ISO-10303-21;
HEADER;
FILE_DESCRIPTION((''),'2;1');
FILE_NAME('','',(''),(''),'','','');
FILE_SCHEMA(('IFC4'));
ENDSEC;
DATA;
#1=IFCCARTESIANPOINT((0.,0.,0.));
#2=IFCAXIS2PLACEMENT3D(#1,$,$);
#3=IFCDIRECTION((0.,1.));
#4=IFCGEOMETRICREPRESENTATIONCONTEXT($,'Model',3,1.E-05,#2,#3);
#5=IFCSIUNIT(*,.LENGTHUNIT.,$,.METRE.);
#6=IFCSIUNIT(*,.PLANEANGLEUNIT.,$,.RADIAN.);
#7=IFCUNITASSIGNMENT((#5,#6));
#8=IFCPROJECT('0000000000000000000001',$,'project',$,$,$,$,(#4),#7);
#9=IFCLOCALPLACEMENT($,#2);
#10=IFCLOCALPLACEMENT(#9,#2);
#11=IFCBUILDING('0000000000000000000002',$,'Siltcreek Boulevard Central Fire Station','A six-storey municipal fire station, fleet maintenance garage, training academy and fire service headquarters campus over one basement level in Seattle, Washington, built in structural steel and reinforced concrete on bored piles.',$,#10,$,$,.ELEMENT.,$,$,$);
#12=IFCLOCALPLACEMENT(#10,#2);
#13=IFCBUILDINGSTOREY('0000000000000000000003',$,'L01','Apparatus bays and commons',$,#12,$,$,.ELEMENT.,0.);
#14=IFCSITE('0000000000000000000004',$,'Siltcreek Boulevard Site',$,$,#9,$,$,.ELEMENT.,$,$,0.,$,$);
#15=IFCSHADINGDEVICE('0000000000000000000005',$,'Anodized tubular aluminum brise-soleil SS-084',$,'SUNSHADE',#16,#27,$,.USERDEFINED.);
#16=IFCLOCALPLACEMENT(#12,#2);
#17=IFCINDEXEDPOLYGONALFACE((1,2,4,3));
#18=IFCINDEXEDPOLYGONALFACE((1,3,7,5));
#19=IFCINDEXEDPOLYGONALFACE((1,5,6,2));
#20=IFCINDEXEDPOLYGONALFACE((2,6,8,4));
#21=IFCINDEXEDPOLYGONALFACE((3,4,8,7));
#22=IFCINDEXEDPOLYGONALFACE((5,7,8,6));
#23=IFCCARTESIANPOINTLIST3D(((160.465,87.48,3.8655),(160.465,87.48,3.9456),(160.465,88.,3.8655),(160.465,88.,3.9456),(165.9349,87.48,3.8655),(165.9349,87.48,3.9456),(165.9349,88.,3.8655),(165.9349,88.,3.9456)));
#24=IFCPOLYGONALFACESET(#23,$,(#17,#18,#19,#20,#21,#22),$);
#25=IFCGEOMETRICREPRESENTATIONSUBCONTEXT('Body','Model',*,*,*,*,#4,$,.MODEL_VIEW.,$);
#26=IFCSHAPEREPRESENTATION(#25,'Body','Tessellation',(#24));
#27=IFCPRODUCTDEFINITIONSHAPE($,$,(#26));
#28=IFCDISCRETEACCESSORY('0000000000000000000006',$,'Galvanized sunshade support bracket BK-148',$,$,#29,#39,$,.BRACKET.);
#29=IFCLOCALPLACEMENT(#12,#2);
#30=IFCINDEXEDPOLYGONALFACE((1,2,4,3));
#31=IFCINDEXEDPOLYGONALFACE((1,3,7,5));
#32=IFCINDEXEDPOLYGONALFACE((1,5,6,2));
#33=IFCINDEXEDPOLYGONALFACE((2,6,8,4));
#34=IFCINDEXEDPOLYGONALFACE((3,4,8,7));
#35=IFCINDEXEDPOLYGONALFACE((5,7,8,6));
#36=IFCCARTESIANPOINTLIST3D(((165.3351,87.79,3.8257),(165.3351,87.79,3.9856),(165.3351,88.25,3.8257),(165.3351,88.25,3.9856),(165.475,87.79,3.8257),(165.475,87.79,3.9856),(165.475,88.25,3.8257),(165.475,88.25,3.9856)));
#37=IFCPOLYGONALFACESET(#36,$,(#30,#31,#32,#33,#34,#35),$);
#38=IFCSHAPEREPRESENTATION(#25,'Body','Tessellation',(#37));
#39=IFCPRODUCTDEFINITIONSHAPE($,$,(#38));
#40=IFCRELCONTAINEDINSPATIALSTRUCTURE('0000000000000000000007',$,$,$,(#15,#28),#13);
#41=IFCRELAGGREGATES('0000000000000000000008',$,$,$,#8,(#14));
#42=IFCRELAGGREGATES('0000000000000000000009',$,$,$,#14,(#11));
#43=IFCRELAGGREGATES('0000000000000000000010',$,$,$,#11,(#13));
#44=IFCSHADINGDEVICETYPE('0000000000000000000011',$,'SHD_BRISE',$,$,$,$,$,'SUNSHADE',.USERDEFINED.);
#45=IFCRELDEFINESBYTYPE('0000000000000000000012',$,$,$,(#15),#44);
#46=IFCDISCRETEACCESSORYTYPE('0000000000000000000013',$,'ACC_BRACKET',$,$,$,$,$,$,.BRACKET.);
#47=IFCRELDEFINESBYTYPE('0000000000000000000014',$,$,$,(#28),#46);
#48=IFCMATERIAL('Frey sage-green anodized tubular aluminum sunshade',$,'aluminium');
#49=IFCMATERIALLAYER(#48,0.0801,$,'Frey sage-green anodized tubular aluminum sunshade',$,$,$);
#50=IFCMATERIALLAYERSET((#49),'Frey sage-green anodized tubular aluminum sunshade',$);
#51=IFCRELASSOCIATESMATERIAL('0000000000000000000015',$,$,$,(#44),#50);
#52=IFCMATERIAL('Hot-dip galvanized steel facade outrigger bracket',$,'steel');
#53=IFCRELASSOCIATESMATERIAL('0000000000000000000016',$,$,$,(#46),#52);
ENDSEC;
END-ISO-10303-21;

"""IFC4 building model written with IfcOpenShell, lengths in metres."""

from ifc_helpers import new_model, si_unit, direction, frame, origin, origin_2d, place, context, subcontext, project, spatial, rectangle, extrude, material, layer, layer_set, type_object, element, save


model = new_model("IFC4")

# Units and contexts
model_context = context("Model", 3, precision=1e-05, world=origin(), true_north=direction((0.0, 1.0)))
body_context = subcontext(model_context, "Body", "Model", "MODEL_VIEW")
ifc_project = project(units=[si_unit("LENGTHUNIT", "METRE"), si_unit("PLANEANGLEUNIT", "RADIAN")], contexts=[model_context])

# Site, building, storey
site_placement = place(None, origin())
site = spatial("IfcSite", under=ifc_project, at=site_placement, Name="Siltcreek Boulevard Site", CompositionType="ELEMENT", RefElevation=0.0)
building_placement = place(site_placement, origin())
building = spatial("IfcBuilding", under=site, at=building_placement, Name="Siltcreek Boulevard Central Fire Station", Description="A six-storey municipal fire station, fleet maintenance garage, training academy and fire service headquarters campus over one basement level in Seattle, Washington, built in structural steel and reinforced concrete on bored piles.", CompositionType="ELEMENT")
storey_placement = place(building_placement, origin())
storey = spatial("IfcBuildingStorey", under=building, at=storey_placement, Name="L01", Description="Apparatus bays and commons", CompositionType="ELEMENT", Elevation=0.0)

# Shading device
ifc_material_1 = material(Name="Frey sage-green anodized tubular aluminum sunshade", Category="aluminium")
ifc_layer_1 = layer(ifc_material_1, 0.0801, Name="Frey sage-green anodized tubular aluminum sunshade")
ifc_layer_set_1 = layer_set([ifc_layer_1], Name="Frey sage-green anodized tubular aluminum sunshade")
shading_device_type = type_object("IfcShadingDeviceType", Name="SHD_BRISE", ElementType="SUNSHADE", PredefinedType="USERDEFINED", material=ifc_layer_set_1)
shading_device_placement = place(storey_placement, frame((163.2, 87.74, 3.8655), z_axis=(0.0, 0.0, 1.0), x_axis=(1.0, 0.0, 0.0)))
element("IfcShadingDevice", 1, at=shading_device_placement, inside=storey, type_object=shading_device_type, Name="Anodized tubular aluminum brise-soleil SS-084", ObjectType="SUNSHADE", PredefinedType="USERDEFINED", context=body_context, shape_type="SweptSolid", body=[
    extrude(rectangle(XDim=5.47, YDim=0.52, at=origin_2d()), origin(), (0.0, 0.0, 1.0), 0.0801),
])

# Discrete accessory
ifc_material_2 = material(Name="Hot-dip galvanized steel facade outrigger bracket", Category="steel")
discrete_accessory_type = type_object("IfcDiscreteAccessoryType", Name="ACC_BRACKET", PredefinedType="BRACKET", material=ifc_material_2)
discrete_accessory_placement = place(storey_placement, frame((165.405, 88.02, 3.8257), z_axis=(0.0, 0.0, 1.0), x_axis=(1.0, 0.0, 0.0)))
element("IfcDiscreteAccessory", 2, at=discrete_accessory_placement, inside=storey, type_object=discrete_accessory_type, Name="Galvanized sunshade support bracket BK-148", PredefinedType="BRACKET", context=body_context, shape_type="SweptSolid", body=[
    extrude(rectangle(XDim=0.1399, YDim=0.46, at=origin_2d()), origin(), (0.0, 0.0, 1.0), 0.1599),
])

save(model, "model.ifc")
